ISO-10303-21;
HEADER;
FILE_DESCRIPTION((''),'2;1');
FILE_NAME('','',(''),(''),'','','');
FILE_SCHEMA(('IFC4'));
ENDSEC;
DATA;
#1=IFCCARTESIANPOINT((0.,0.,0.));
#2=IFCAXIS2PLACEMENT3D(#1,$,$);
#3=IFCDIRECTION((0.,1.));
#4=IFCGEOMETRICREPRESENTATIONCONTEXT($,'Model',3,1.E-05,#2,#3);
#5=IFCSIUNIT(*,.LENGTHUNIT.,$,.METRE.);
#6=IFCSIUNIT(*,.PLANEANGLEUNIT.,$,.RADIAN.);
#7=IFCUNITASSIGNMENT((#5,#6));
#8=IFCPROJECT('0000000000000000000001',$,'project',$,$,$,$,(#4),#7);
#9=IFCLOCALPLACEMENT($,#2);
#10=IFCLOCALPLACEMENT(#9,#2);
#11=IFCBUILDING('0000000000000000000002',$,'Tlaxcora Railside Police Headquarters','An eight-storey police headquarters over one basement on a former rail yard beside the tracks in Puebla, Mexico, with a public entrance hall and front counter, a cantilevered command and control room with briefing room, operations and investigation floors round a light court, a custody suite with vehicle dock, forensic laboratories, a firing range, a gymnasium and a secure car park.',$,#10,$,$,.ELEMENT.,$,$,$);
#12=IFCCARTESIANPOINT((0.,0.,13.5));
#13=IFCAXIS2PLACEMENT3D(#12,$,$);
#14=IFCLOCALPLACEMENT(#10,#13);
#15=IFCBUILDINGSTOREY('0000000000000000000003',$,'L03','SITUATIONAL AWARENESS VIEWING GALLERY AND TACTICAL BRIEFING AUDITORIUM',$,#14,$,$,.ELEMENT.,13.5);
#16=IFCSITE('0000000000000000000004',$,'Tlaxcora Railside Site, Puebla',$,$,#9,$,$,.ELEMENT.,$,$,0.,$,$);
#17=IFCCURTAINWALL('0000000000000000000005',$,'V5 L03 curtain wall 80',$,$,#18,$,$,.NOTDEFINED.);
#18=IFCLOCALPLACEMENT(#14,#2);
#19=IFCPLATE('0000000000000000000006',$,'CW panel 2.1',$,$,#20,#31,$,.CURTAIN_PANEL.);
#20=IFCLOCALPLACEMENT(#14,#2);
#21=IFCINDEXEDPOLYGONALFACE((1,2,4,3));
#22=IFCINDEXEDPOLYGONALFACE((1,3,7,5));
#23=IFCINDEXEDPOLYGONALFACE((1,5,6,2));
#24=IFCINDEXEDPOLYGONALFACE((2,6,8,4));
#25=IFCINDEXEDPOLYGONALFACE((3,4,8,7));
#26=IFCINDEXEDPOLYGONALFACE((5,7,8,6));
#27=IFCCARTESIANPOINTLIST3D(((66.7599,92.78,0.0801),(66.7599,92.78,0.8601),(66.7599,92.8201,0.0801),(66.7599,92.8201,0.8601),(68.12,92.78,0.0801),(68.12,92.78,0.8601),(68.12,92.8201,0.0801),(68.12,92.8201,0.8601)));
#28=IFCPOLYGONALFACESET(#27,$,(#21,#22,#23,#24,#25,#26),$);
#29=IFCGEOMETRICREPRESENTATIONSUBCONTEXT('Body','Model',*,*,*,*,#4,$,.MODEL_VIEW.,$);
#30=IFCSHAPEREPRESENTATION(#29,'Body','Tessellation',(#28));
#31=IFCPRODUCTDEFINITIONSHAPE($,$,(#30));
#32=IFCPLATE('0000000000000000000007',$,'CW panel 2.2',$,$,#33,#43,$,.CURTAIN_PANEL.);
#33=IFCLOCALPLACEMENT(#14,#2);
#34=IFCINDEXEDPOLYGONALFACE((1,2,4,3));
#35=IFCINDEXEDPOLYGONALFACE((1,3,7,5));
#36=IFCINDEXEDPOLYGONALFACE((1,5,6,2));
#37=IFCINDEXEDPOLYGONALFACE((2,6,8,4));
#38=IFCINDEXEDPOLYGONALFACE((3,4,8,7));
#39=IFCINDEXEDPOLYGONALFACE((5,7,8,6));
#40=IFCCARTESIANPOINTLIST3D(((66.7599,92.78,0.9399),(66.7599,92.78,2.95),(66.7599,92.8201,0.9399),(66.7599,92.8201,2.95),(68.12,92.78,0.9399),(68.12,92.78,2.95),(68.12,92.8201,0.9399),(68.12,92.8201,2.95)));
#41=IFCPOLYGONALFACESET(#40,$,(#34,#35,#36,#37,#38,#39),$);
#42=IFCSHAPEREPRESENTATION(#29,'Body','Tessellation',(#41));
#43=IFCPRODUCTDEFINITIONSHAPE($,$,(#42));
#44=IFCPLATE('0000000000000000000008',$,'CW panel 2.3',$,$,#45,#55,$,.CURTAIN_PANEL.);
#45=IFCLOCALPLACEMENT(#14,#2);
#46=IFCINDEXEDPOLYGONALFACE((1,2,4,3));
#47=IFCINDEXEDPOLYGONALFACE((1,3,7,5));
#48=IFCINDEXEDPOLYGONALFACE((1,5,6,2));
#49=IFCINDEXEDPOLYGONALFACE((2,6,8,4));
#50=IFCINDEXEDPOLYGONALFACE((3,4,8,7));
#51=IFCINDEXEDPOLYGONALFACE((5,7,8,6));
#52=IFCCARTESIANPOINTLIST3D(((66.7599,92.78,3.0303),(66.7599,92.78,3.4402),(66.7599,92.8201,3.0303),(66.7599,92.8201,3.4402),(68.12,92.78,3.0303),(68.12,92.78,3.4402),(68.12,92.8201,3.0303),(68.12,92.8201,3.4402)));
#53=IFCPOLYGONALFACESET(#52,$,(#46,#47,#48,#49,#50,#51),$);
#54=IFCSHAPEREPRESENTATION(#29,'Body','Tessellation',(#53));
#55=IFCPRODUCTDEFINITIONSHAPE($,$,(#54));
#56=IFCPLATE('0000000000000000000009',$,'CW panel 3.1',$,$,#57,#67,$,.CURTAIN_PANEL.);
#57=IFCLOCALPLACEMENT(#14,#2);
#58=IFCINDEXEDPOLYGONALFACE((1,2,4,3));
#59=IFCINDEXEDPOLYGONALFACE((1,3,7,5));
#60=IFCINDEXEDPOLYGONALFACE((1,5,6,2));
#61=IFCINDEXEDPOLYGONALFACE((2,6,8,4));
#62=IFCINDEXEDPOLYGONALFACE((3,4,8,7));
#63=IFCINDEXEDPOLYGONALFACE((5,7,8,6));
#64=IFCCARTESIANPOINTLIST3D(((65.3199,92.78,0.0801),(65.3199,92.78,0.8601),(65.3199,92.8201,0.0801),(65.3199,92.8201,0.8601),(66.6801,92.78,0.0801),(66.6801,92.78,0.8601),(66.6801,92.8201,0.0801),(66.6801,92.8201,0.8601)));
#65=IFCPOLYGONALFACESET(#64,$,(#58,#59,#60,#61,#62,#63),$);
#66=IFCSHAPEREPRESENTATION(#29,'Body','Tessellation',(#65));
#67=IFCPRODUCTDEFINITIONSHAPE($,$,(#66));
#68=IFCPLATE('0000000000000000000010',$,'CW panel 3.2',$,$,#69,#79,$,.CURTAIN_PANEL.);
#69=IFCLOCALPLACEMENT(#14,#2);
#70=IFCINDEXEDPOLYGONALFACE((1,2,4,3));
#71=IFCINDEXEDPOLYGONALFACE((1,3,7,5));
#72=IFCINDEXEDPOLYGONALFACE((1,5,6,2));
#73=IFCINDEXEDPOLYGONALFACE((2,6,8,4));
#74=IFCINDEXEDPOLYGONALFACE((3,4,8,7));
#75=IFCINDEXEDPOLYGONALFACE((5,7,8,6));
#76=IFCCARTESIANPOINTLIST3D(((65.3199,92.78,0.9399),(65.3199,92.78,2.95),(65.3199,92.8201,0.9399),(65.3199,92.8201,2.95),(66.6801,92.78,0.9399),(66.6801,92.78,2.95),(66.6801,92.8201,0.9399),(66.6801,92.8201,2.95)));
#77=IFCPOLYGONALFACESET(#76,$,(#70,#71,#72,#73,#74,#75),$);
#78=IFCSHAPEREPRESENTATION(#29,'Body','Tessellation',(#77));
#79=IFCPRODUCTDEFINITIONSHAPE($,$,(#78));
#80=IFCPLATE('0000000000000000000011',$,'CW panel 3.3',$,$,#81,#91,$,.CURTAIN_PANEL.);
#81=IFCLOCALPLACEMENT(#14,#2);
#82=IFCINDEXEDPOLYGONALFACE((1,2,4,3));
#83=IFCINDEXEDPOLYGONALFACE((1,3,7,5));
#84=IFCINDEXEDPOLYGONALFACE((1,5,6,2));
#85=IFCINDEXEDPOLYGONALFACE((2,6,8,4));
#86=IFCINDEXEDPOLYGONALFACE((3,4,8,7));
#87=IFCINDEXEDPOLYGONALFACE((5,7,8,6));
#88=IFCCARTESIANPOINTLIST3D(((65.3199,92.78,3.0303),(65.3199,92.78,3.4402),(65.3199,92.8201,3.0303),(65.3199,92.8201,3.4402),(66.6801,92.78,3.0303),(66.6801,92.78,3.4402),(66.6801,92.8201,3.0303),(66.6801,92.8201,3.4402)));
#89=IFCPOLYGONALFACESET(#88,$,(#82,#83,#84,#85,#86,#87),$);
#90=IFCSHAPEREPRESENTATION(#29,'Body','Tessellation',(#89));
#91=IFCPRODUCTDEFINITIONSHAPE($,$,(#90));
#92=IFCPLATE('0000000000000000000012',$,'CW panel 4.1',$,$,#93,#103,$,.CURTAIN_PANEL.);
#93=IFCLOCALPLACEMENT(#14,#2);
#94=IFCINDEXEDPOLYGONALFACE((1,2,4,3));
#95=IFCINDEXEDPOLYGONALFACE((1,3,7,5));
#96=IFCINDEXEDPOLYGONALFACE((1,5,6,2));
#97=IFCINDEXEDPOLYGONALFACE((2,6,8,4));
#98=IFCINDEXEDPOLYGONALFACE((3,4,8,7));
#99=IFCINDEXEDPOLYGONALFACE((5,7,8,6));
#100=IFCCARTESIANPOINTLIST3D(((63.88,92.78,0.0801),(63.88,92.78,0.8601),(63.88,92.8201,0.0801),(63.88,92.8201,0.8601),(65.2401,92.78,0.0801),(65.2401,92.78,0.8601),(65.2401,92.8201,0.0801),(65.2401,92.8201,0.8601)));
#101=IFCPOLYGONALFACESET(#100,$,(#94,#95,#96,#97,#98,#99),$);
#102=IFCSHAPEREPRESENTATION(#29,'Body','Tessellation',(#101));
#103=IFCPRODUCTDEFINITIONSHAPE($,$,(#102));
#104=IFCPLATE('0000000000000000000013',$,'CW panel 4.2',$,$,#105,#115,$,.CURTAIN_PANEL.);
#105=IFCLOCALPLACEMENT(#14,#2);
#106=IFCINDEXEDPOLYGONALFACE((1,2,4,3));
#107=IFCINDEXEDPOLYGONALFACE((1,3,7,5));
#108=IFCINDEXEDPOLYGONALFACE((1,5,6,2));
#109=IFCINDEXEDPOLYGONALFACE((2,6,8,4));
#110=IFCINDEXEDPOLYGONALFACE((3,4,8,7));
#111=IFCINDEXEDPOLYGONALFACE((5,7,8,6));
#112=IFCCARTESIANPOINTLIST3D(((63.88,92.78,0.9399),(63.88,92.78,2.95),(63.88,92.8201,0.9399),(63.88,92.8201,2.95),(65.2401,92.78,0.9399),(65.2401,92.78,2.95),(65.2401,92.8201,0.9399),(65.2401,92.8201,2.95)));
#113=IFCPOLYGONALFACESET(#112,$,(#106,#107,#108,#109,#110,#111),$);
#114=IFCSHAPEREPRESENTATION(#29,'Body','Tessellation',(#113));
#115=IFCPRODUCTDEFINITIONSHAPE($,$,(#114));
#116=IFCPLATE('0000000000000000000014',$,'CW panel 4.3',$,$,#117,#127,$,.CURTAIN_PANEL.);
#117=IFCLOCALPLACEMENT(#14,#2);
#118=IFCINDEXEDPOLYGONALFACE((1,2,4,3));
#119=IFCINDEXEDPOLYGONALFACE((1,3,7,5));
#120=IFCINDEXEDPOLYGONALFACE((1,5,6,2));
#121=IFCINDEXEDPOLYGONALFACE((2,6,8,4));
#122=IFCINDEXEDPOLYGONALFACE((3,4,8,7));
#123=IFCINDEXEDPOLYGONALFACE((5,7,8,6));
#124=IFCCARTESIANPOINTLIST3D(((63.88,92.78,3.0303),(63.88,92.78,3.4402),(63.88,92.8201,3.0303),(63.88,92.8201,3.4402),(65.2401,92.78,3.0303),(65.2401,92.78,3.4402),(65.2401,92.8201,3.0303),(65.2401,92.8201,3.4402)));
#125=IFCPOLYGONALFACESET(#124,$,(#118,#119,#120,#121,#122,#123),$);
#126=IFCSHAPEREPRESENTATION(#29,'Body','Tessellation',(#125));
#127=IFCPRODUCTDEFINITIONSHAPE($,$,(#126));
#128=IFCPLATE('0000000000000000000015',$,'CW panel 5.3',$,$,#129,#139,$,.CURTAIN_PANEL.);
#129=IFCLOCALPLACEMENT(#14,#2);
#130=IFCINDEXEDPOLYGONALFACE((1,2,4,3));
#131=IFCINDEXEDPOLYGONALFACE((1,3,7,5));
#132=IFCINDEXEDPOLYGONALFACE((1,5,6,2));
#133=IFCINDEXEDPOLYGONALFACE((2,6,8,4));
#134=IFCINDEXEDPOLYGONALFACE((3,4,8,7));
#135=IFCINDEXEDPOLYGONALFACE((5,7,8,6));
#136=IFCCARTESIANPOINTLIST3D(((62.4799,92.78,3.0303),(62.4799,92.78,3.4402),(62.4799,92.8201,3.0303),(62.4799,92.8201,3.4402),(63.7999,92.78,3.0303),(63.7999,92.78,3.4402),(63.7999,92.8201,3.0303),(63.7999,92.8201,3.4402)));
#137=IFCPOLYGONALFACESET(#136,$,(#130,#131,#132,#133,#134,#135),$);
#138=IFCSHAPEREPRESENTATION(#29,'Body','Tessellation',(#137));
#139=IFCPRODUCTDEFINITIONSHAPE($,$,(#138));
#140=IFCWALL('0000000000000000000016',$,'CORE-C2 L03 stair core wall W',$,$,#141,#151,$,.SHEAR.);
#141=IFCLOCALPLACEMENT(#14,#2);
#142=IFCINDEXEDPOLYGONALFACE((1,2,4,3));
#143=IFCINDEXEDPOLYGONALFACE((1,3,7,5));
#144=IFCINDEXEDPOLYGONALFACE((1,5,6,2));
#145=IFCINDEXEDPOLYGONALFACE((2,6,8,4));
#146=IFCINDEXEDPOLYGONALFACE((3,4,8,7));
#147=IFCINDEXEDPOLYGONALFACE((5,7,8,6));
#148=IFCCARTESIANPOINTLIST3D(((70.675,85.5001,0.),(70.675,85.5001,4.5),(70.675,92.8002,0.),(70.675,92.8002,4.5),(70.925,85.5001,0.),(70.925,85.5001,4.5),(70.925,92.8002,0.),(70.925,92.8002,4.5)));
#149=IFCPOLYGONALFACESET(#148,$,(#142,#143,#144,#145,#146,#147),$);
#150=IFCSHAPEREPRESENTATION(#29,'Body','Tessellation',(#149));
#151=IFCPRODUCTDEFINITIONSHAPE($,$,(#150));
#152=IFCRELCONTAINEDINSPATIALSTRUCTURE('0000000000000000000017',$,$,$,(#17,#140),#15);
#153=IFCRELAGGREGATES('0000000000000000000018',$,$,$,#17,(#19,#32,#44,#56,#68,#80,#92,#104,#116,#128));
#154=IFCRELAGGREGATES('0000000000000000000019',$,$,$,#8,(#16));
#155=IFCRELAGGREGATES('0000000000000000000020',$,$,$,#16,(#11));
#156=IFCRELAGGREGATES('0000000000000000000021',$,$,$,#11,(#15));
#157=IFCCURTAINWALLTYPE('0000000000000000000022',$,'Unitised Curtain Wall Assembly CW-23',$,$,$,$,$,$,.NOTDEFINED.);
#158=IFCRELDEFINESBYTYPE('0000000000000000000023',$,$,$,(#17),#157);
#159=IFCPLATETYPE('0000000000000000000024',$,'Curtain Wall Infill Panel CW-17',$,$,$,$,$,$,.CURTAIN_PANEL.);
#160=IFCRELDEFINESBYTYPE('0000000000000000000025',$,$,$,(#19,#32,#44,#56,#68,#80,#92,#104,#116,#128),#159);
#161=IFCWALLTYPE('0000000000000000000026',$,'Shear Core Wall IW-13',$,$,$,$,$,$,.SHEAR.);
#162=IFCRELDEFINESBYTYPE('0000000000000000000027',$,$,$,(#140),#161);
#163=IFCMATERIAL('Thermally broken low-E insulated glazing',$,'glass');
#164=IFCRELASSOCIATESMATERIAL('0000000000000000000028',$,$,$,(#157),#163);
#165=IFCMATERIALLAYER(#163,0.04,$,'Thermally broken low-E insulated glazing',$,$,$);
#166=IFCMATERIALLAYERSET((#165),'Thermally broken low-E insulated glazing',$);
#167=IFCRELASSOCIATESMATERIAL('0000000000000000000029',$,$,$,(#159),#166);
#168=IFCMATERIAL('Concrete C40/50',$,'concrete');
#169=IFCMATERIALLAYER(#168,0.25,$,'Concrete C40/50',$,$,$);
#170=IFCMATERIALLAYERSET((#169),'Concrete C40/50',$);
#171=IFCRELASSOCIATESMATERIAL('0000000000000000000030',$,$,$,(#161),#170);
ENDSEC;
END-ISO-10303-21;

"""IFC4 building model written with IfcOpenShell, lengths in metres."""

from ifc_helpers import new_model, si_unit, direction, frame, frame_2d, origin, origin_2d, place, context, subcontext, project, spatial, rectangle, extrude, material, layer, layer_set, type_object, element, aggregate, save


model = new_model("IFC4")

# Units and contexts
model_context = context("Model", 3, precision=1e-05, world=origin(), true_north=direction((0.0, 1.0)))
body_context = subcontext(model_context, "Body", "Model", "MODEL_VIEW")
ifc_project = project(units=[si_unit("LENGTHUNIT", "METRE"), si_unit("PLANEANGLEUNIT", "RADIAN")], contexts=[model_context])

# Site, building, storey
site_placement = place(None, origin())
site = spatial("IfcSite", under=ifc_project, at=site_placement, Name="Tlaxcora Railside Site, Puebla", CompositionType="ELEMENT", RefElevation=0.0)
building_placement = place(site_placement, origin())
building = spatial("IfcBuilding", under=site, at=building_placement, Name="Tlaxcora Railside Police Headquarters", Description="An eight-storey police headquarters over one basement on a former rail yard beside the tracks in Puebla, Mexico, with a public entrance hall and front counter, a cantilevered command and control room with briefing room, operations and investigation floors round a light court, a custody suite with vehicle dock, forensic laboratories, a firing range, a gymnasium and a secure car park.", CompositionType="ELEMENT")
storey_placement = place(building_placement, frame((0.0, 0.0, 13.5)))
storey = spatial("IfcBuildingStorey", under=building, at=storey_placement, Name="L03", Description="SITUATIONAL AWARENESS VIEWING GALLERY AND TACTICAL BRIEFING AUDITORIUM", CompositionType="ELEMENT", Elevation=13.5)

# Shared definitions
ifc_material_1 = material(Name="Concrete C40/50", Category="concrete")

# Curtain wall, plates
ifc_material_2 = material(Name="Thermally broken low-E insulated glazing", Category="glass")
curtain_wall_type = type_object("IfcCurtainWallType", Name="Unitised Curtain Wall Assembly CW-23", PredefinedType="NOTDEFINED", material=ifc_material_2)
curtain_wall_placement = place(storey_placement, origin())
curtain_wall = element("IfcCurtainWall", 1, at=curtain_wall_placement, inside=storey, type_object=curtain_wall_type, Name="V5 L03 curtain wall 80", PredefinedType="NOTDEFINED")
ifc_layer_1 = layer(ifc_material_2, 0.04, Name="Thermally broken low-E insulated glazing")
ifc_layer_set_1 = layer_set([ifc_layer_1], Name="Thermally broken low-E insulated glazing")
plate_type = type_object("IfcPlateType", Name="Curtain Wall Infill Panel CW-17", PredefinedType="CURTAIN_PANEL", material=ifc_layer_set_1)
plate_1_placement = place(storey_placement, frame((67.4399, 92.8, 0.0801), z_axis=(0.0, 0.0, 1.0), x_axis=(-1.0, 0.0, 0.0)))
plate_1 = element("IfcPlate", 2, at=plate_1_placement, type_object=plate_type, Name="CW panel 2.1", PredefinedType="CURTAIN_PANEL", context=body_context, shape_type="SweptSolid", body=[
    extrude(rectangle(XDim=1.3601, YDim=0.04, at=origin_2d()), origin(), (0.0, 0.0, 1.0), 0.78),
])
plate_2_placement = place(storey_placement, frame((67.4399, 92.8, 0.9399), z_axis=(0.0, 0.0, 1.0), x_axis=(-1.0, 0.0, 0.0)))
plate_2 = element("IfcPlate", 3, at=plate_2_placement, type_object=plate_type, Name="CW panel 2.2", PredefinedType="CURTAIN_PANEL", context=body_context, shape_type="SweptSolid", body=[
    extrude(rectangle(XDim=1.3601, YDim=0.04, at=origin_2d()), origin(), (0.0, 0.0, 1.0), 2.01),
])
plate_3_placement = place(storey_placement, frame((67.4399, 92.8, 3.0303), z_axis=(0.0, 0.0, 1.0), x_axis=(-1.0, 0.0, 0.0)))
plate_3 = element("IfcPlate", 4, at=plate_3_placement, type_object=plate_type, Name="CW panel 2.3", PredefinedType="CURTAIN_PANEL", context=body_context, shape_type="SweptSolid", body=[
    extrude(rectangle(XDim=1.3601, YDim=0.04, at=origin_2d()), origin(), (0.0, 0.0, 1.0), 0.4099),
])
plate_4_placement = place(storey_placement, frame((66.0, 92.8, 0.0801), z_axis=(0.0, 0.0, 1.0), x_axis=(-1.0, 0.0, 0.0)))
plate_4 = element("IfcPlate", 5, at=plate_4_placement, type_object=plate_type, Name="CW panel 3.1", PredefinedType="CURTAIN_PANEL", context=body_context, shape_type="SweptSolid", body=[
    extrude(rectangle(XDim=1.3601, YDim=0.04, at=origin_2d()), origin(), (0.0, 0.0, 1.0), 0.78),
])
plate_5_placement = place(storey_placement, frame((66.0, 92.8, 0.9399), z_axis=(0.0, 0.0, 1.0), x_axis=(-1.0, 0.0, 0.0)))
plate_5 = element("IfcPlate", 6, at=plate_5_placement, type_object=plate_type, Name="CW panel 3.2", PredefinedType="CURTAIN_PANEL", context=body_context, shape_type="SweptSolid", body=[
    extrude(rectangle(XDim=1.3601, YDim=0.04, at=origin_2d()), origin(), (0.0, 0.0, 1.0), 2.01),
])
plate_6_placement = place(storey_placement, frame((66.0, 92.8, 3.0303), z_axis=(0.0, 0.0, 1.0), x_axis=(-1.0, 0.0, 0.0)))
plate_6 = element("IfcPlate", 7, at=plate_6_placement, type_object=plate_type, Name="CW panel 3.3", PredefinedType="CURTAIN_PANEL", context=body_context, shape_type="SweptSolid", body=[
    extrude(rectangle(XDim=1.3601, YDim=0.04, at=origin_2d()), origin(), (0.0, 0.0, 1.0), 0.4099),
])
plate_7_placement = place(storey_placement, frame((64.5601, 92.8, 0.0801), z_axis=(0.0, 0.0, 1.0), x_axis=(-1.0, 0.0, 0.0)))
plate_7 = element("IfcPlate", 8, at=plate_7_placement, type_object=plate_type, Name="CW panel 4.1", PredefinedType="CURTAIN_PANEL", context=body_context, shape_type="SweptSolid", body=[
    extrude(rectangle(XDim=1.3601, YDim=0.04, at=origin_2d()), origin(), (0.0, 0.0, 1.0), 0.78),
])
plate_8_placement = place(storey_placement, frame((64.5601, 92.8, 0.9399), z_axis=(0.0, 0.0, 1.0), x_axis=(-1.0, 0.0, 0.0)))
plate_8 = element("IfcPlate", 9, at=plate_8_placement, type_object=plate_type, Name="CW panel 4.2", PredefinedType="CURTAIN_PANEL", context=body_context, shape_type="SweptSolid", body=[
    extrude(rectangle(XDim=1.3601, YDim=0.04, at=origin_2d()), origin(), (0.0, 0.0, 1.0), 2.01),
])
plate_9_placement = place(storey_placement, frame((64.5601, 92.8, 3.0303), z_axis=(0.0, 0.0, 1.0), x_axis=(-1.0, 0.0, 0.0)))
plate_9 = element("IfcPlate", 10, at=plate_9_placement, type_object=plate_type, Name="CW panel 4.3", PredefinedType="CURTAIN_PANEL", context=body_context, shape_type="SweptSolid", body=[
    extrude(rectangle(XDim=1.3601, YDim=0.04, at=origin_2d()), origin(), (0.0, 0.0, 1.0), 0.4099),
])
plate_10_placement = place(storey_placement, frame((63.1399, 92.8, 3.0303), z_axis=(0.0, 0.0, 1.0), x_axis=(-1.0, 0.0, 0.0)))
plate_10 = element("IfcPlate", 11, at=plate_10_placement, type_object=plate_type, Name="CW panel 5.3", PredefinedType="CURTAIN_PANEL", context=body_context, shape_type="SweptSolid", body=[
    extrude(rectangle(XDim=1.3201, YDim=0.04, at=origin_2d()), origin(), (0.0, 0.0, 1.0), 0.4099),
])
aggregate(curtain_wall, [plate_1, plate_2, plate_3, plate_4, plate_5, plate_6, plate_7, plate_8, plate_9, plate_10])

# Wall
ifc_layer_2 = layer(ifc_material_1, 0.25, Name="Concrete C40/50")
ifc_layer_set_2 = layer_set([ifc_layer_2], Name="Concrete C40/50")
wall_type = type_object("IfcWallType", Name="Shear Core Wall IW-13", PredefinedType="SHEAR", material=ifc_layer_set_2)
wall_placement = place(storey_placement, frame((70.8, 92.8, 0.0), z_axis=(0.0, 0.0, 1.0), x_axis=(0.0, -1.0, 0.0)))
element("IfcWall", 12, at=wall_placement, inside=storey, type_object=wall_type, Name="CORE-C2 L03 stair core wall W", PredefinedType="SHEAR", context=body_context, shape_type="SweptSolid", body=[
    extrude(rectangle(XDim=7.3, YDim=0.25, at=frame_2d((3.6499, 0.0))), origin(), (0.0, 0.0, 1.0), 4.5),
])

save(model, "model.ifc")
